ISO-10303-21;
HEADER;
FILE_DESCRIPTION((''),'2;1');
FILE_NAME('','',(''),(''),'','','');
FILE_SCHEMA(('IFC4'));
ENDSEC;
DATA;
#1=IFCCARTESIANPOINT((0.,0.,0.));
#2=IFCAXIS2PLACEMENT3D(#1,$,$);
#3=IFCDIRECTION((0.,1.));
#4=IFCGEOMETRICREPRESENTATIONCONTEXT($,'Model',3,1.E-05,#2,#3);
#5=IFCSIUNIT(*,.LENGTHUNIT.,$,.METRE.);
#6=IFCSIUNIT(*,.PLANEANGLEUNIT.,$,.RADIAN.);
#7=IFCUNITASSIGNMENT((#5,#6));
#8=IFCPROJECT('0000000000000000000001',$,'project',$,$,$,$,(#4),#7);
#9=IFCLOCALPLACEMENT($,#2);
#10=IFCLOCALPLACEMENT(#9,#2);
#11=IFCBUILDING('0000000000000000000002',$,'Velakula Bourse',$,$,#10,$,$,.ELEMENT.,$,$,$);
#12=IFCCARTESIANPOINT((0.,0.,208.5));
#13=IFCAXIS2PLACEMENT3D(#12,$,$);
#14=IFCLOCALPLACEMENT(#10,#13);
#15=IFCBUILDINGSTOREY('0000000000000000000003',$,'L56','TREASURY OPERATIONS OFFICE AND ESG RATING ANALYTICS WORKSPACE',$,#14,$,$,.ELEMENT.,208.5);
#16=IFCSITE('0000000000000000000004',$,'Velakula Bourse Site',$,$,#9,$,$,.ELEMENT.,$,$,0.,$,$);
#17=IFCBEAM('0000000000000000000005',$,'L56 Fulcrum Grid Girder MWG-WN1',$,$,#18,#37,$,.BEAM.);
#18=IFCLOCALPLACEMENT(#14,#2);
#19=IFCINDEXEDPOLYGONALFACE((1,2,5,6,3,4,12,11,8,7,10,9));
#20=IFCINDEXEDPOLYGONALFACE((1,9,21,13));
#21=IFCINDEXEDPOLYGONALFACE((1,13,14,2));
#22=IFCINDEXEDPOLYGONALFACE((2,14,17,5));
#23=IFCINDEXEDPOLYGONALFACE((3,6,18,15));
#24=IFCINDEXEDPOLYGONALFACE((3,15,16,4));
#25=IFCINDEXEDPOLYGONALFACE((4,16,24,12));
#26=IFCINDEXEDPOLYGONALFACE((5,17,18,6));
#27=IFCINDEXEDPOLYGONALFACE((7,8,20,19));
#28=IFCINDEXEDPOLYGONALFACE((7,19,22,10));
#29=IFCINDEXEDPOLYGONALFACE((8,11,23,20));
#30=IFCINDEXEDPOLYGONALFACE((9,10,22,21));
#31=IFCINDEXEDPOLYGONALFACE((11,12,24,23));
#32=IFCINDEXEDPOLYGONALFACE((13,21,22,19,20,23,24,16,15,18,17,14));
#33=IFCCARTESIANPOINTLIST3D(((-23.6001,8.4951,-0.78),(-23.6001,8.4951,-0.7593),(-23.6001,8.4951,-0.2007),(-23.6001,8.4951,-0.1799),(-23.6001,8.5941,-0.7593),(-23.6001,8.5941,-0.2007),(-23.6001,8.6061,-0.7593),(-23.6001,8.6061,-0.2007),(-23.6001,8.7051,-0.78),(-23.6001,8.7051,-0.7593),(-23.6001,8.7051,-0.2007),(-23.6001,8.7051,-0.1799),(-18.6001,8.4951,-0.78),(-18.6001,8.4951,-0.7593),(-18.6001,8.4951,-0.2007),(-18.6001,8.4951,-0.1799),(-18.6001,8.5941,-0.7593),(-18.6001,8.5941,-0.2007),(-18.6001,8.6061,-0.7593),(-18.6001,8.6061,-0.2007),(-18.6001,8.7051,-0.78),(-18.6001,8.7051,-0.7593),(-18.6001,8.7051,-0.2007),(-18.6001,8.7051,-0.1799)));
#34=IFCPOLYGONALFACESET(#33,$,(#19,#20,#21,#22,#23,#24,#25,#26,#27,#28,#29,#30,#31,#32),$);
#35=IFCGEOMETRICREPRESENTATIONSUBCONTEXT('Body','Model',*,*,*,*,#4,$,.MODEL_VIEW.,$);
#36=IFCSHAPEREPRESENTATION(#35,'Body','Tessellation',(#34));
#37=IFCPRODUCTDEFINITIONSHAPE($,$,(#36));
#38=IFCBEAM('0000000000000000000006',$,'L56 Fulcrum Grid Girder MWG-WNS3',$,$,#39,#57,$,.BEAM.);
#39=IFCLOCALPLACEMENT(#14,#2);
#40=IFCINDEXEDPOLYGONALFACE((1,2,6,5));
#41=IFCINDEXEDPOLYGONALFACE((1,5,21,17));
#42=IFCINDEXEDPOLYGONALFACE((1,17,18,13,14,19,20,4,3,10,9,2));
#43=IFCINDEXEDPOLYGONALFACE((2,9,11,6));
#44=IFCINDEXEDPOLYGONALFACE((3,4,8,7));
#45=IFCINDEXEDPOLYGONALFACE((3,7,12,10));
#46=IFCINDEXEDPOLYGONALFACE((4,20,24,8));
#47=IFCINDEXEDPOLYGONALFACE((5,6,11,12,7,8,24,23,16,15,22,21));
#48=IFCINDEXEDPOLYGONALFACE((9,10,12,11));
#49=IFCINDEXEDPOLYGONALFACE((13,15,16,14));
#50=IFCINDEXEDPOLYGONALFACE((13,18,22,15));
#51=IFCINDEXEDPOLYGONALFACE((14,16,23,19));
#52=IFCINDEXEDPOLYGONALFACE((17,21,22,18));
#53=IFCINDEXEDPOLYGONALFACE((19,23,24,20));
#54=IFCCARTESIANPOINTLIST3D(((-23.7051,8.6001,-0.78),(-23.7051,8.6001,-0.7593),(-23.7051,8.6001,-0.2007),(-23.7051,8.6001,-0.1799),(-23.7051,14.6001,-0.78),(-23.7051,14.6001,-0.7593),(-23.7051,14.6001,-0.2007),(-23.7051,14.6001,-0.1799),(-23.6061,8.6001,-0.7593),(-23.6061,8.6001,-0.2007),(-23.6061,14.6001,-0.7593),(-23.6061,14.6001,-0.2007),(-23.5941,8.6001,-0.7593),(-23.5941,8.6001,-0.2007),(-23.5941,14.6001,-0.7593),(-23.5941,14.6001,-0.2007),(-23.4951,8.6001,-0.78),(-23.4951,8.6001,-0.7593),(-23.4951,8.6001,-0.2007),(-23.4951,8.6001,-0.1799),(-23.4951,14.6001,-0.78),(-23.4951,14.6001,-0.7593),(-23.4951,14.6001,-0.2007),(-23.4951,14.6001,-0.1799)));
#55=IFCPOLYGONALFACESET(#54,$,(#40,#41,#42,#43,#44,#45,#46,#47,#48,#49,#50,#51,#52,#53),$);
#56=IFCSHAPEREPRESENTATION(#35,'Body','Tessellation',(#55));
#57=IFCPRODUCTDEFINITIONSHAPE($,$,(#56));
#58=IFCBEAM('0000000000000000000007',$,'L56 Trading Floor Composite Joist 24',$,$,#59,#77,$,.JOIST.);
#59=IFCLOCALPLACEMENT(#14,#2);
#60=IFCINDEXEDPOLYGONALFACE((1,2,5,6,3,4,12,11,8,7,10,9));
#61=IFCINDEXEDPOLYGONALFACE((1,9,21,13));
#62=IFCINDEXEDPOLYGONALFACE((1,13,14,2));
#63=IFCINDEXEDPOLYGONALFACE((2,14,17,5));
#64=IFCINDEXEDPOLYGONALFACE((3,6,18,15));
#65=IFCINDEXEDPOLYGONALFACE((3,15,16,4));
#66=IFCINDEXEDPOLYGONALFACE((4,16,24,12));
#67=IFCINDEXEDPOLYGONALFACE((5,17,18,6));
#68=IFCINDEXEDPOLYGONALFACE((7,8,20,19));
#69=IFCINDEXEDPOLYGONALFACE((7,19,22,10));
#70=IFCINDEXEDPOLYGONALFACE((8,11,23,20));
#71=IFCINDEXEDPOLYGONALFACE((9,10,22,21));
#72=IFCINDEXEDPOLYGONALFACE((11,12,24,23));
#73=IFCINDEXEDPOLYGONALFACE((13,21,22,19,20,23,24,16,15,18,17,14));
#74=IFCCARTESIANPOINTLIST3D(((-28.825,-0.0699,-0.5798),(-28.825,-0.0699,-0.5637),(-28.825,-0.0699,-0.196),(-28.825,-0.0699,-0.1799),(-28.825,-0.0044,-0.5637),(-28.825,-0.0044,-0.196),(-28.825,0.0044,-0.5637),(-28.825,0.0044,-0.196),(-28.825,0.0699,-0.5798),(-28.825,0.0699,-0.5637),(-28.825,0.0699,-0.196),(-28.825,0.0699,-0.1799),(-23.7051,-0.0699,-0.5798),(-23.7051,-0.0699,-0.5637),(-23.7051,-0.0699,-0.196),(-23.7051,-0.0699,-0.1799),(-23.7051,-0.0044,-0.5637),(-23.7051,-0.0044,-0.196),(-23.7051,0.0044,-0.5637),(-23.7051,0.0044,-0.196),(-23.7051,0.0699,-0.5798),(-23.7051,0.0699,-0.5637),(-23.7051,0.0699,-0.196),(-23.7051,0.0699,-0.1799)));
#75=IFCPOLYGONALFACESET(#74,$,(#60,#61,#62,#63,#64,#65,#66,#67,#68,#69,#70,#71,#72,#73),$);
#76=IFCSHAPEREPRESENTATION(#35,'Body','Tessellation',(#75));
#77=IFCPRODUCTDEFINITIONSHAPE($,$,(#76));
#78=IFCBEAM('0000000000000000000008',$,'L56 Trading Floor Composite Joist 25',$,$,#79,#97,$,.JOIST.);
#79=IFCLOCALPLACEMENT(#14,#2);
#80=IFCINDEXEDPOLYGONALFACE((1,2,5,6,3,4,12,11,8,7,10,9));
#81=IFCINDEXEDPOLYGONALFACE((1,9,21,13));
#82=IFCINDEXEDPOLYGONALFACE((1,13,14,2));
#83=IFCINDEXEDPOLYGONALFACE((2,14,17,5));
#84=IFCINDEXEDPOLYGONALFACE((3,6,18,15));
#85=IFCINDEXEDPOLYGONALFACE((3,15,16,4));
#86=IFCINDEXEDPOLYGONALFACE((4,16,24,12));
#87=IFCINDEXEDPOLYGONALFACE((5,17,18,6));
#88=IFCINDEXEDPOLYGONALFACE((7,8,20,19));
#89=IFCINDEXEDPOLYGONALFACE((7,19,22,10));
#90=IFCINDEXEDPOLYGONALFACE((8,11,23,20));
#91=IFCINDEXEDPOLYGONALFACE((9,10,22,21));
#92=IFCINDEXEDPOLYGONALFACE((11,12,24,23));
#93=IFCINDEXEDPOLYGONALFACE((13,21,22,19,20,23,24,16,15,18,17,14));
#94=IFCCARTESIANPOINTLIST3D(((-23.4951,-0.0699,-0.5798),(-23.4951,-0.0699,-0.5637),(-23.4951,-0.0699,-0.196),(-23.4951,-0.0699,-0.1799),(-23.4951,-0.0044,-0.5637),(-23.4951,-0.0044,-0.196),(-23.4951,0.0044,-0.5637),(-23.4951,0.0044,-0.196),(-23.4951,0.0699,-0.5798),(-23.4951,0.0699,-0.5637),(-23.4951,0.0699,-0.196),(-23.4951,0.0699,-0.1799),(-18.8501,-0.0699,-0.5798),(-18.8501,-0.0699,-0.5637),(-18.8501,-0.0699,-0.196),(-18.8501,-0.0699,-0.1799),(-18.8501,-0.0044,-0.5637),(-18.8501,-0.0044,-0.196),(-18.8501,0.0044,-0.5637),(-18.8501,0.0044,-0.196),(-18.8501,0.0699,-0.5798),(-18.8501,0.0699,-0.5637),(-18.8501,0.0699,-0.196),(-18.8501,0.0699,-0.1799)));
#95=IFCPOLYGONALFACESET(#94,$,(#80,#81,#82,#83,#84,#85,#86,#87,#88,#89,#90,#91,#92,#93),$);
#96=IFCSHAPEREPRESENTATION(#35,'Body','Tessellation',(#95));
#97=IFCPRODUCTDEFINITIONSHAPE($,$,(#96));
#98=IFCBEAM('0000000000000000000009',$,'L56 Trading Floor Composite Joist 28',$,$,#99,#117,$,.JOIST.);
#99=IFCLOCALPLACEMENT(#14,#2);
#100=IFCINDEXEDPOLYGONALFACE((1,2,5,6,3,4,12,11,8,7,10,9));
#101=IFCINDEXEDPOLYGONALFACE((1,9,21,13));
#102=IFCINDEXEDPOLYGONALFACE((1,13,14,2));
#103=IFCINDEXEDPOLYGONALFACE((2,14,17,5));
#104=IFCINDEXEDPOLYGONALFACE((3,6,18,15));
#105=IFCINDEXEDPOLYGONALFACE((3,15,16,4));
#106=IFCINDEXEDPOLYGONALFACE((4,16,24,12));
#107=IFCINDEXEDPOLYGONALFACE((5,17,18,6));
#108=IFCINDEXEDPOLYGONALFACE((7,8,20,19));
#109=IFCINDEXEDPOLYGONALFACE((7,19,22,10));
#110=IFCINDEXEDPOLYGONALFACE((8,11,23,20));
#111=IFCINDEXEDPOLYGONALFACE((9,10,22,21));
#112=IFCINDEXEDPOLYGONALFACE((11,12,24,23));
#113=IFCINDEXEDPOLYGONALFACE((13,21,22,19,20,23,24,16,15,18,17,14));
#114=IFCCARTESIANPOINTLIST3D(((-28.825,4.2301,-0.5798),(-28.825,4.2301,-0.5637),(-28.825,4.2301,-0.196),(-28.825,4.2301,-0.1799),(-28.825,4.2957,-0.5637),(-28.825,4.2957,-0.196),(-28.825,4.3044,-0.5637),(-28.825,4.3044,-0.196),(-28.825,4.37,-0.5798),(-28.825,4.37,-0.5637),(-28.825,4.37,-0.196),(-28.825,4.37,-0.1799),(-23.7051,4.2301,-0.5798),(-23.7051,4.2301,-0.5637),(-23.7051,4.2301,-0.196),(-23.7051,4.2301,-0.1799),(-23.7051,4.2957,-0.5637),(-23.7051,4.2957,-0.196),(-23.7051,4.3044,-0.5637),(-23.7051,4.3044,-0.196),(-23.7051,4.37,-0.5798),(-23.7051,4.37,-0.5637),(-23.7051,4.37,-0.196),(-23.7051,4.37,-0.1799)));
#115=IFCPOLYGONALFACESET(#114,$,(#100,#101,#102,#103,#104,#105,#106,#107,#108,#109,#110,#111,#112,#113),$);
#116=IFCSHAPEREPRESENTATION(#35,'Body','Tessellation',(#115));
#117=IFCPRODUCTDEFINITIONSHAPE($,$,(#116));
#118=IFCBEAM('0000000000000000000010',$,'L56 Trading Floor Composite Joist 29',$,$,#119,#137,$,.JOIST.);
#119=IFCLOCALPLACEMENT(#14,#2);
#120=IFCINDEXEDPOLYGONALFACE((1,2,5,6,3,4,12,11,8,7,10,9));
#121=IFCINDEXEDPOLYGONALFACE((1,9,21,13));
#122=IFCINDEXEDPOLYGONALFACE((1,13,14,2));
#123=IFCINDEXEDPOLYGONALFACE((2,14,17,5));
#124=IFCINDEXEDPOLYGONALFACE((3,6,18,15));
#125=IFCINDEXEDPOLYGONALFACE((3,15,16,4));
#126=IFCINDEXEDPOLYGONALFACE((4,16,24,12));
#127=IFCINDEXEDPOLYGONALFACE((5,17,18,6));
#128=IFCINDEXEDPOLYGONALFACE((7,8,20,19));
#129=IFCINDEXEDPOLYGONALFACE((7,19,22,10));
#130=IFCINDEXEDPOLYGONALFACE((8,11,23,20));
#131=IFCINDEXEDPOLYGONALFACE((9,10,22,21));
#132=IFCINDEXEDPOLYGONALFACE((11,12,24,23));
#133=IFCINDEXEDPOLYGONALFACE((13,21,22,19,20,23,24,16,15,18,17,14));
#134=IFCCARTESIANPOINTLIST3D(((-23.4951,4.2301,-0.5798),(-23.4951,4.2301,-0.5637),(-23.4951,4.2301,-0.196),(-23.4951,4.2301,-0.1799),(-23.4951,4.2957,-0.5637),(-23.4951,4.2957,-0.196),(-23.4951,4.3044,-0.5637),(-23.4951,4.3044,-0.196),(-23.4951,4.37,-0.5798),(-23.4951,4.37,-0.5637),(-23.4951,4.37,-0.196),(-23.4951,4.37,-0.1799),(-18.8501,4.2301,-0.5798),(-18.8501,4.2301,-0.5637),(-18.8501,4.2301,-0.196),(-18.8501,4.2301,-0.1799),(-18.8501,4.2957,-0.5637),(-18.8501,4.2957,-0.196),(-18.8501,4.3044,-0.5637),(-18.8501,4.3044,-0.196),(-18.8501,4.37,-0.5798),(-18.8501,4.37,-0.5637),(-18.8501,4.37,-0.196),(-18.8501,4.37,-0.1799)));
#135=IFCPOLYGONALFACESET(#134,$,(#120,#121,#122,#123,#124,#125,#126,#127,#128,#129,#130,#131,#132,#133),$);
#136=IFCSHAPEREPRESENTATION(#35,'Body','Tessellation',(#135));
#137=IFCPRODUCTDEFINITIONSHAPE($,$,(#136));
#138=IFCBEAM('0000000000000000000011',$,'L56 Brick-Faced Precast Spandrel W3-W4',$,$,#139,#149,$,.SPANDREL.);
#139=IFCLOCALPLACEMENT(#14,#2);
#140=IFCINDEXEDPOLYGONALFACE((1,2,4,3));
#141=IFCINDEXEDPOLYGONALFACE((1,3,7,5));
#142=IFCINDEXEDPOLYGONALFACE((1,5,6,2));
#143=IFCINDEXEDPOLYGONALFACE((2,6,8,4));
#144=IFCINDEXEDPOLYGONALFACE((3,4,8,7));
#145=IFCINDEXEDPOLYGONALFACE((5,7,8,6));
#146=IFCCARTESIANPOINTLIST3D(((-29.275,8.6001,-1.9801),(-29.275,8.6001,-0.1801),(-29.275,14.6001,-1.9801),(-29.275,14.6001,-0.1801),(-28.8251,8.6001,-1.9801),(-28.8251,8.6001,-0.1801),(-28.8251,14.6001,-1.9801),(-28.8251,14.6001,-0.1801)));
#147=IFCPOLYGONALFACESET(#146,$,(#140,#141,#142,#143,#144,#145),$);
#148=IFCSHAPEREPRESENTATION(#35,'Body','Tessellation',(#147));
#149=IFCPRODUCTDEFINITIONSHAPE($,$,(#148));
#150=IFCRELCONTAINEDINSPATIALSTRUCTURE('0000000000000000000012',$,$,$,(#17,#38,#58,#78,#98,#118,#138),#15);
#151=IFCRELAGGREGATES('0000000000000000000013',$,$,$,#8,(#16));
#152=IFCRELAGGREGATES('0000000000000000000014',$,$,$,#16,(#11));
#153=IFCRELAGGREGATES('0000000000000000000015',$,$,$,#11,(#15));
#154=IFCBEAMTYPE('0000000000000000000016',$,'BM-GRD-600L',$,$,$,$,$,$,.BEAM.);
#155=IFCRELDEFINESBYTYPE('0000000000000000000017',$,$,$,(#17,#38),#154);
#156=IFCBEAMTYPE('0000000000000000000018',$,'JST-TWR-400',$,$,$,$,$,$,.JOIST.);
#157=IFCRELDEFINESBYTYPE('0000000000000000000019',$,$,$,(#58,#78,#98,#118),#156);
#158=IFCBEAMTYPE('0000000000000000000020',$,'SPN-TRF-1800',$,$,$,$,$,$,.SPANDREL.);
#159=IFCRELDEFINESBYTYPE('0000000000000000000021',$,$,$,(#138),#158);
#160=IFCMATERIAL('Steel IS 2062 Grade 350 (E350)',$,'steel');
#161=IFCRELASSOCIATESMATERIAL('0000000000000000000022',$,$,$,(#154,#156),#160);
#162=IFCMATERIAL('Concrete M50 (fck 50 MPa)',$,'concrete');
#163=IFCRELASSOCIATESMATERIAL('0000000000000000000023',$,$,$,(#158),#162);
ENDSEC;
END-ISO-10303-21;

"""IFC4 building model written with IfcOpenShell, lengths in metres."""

from ifc_helpers import new_model, si_unit, direction, frame, origin, origin_2d, place, context, subcontext, project, spatial, rectangle, i_section, extrude, material, material_profile, profile_set, type_object, element, save


model = new_model("IFC4")

# Units and contexts
model_context = context("Model", 3, precision=1e-05, world=origin(), true_north=direction((0.0, 1.0)))
body_context = subcontext(model_context, "Body", "Model", "MODEL_VIEW")
ifc_project = project(units=[si_unit("LENGTHUNIT", "METRE"), si_unit("PLANEANGLEUNIT", "RADIAN")], contexts=[model_context])

# Site, building, storey
site_placement = place(None, origin())
site = spatial("IfcSite", under=ifc_project, at=site_placement, Name="Velakula Bourse Site", CompositionType="ELEMENT", RefElevation=0.0)
building_placement = place(site_placement, origin())
building = spatial("IfcBuilding", under=site, at=building_placement, Name="Velakula Bourse", CompositionType="ELEMENT")
storey_placement = place(building_placement, frame((0.0, 0.0, 208.5)))
storey = spatial("IfcBuildingStorey", under=building, at=storey_placement, Name="L56", Description="TREASURY OPERATIONS OFFICE AND ESG RATING ANALYTICS WORKSPACE", CompositionType="ELEMENT", Elevation=208.5)

# Shared definitions
ifc_material_1 = material(Name="Concrete M50 (fck 50 MPa)", Category="concrete")
ifc_material_2 = material(Name="Steel IS 2062 Grade 350 (E350)", Category="steel")

# Beams
ifc_material_profile_1 = material_profile(ifc_material_2, i_section(OverallWidth=0.21, OverallDepth=0.6001, WebThickness=0.012, FlangeThickness=0.0208, at=origin_2d()), Name="Steel IS 2062 Grade 350 (E350)")
ifc_profile_set_1 = profile_set([ifc_material_profile_1], Name="Steel IS 2062 Grade 350 (E350)")
beam_type_1 = type_object("IfcBeamType", Name="BM-GRD-600L", PredefinedType="BEAM", material=ifc_profile_set_1)
beam_1_placement = place(storey_placement, frame((-23.6001, 8.6001, -0.48), z_axis=(1.0, 0.0, 0.0), x_axis=(0.0, 1.0, 0.0)))
element("IfcBeam", 1, at=beam_1_placement, inside=storey, type_object=beam_type_1, Name="L56 Fulcrum Grid Girder MWG-WN1", PredefinedType="BEAM", context=body_context, shape_type="SweptSolid", body=[
    extrude(i_section(OverallWidth=0.21, OverallDepth=0.6001, WebThickness=0.012, FlangeThickness=0.0208, at=origin_2d()), origin(), (0.0, 0.0, 1.0), 5.0),
])
beam_2_placement = place(storey_placement, frame((-23.6001, 8.6001, -0.48), z_axis=(0.0, 1.0, 0.0), x_axis=(-1.0, 0.0, 0.0)))
element("IfcBeam", 2, at=beam_2_placement, inside=storey, type_object=beam_type_1, Name="L56 Fulcrum Grid Girder MWG-WNS3", PredefinedType="BEAM", context=body_context, shape_type="SweptSolid", body=[
    extrude(i_section(OverallWidth=0.21, OverallDepth=0.6001, WebThickness=0.012, FlangeThickness=0.0208, at=origin_2d()), origin(), (0.0, 0.0, 1.0), 6.0),
])
ifc_material_profile_2 = material_profile(ifc_material_2, i_section(OverallWidth=0.1399, OverallDepth=0.3999, WebThickness=0.0088, FlangeThickness=0.0161, at=origin_2d()), Name="Steel IS 2062 Grade 350 (E350)")
ifc_profile_set_2 = profile_set([ifc_material_profile_2], Name="Steel IS 2062 Grade 350 (E350)")
beam_type_2 = type_object("IfcBeamType", Name="JST-TWR-400", PredefinedType="JOIST", material=ifc_profile_set_2)
beam_3_placement = place(storey_placement, frame((-28.825, 0.0, -0.3799), z_axis=(1.0, 0.0, 0.0), x_axis=(0.0, 1.0, 0.0)))
element("IfcBeam", 3, at=beam_3_placement, inside=storey, type_object=beam_type_2, Name="L56 Trading Floor Composite Joist 24", PredefinedType="JOIST", context=body_context, shape_type="SweptSolid", body=[
    extrude(i_section(OverallWidth=0.1399, OverallDepth=0.3999, WebThickness=0.0088, FlangeThickness=0.0161, at=origin_2d()), origin(), (0.0, 0.0, 1.0), 5.1199),
])
beam_4_placement = place(storey_placement, frame((-23.4951, 0.0, -0.3799), z_axis=(1.0, 0.0, 0.0), x_axis=(0.0, 1.0, 0.0)))
element("IfcBeam", 4, at=beam_4_placement, inside=storey, type_object=beam_type_2, Name="L56 Trading Floor Composite Joist 25", PredefinedType="JOIST", context=body_context, shape_type="SweptSolid", body=[
    extrude(i_section(OverallWidth=0.1399, OverallDepth=0.3999, WebThickness=0.0088, FlangeThickness=0.0161, at=origin_2d()), origin(), (0.0, 0.0, 1.0), 4.645),
])
beam_5_placement = place(storey_placement, frame((-28.825, 4.3, -0.3799), z_axis=(1.0, 0.0, 0.0), x_axis=(0.0, 1.0, 0.0)))
element("IfcBeam", 5, at=beam_5_placement, inside=storey, type_object=beam_type_2, Name="L56 Trading Floor Composite Joist 28", PredefinedType="JOIST", context=body_context, shape_type="SweptSolid", body=[
    extrude(i_section(OverallWidth=0.1399, OverallDepth=0.3999, WebThickness=0.0088, FlangeThickness=0.0161, at=origin_2d()), origin(), (0.0, 0.0, 1.0), 5.1199),
])
beam_6_placement = place(storey_placement, frame((-23.4951, 4.3, -0.3799), z_axis=(1.0, 0.0, 0.0), x_axis=(0.0, 1.0, 0.0)))
element("IfcBeam", 6, at=beam_6_placement, inside=storey, type_object=beam_type_2, Name="L56 Trading Floor Composite Joist 29", PredefinedType="JOIST", context=body_context, shape_type="SweptSolid", body=[
    extrude(i_section(OverallWidth=0.1399, OverallDepth=0.3999, WebThickness=0.0088, FlangeThickness=0.0161, at=origin_2d()), origin(), (0.0, 0.0, 1.0), 4.645),
])
ifc_material_profile_3 = material_profile(ifc_material_1, rectangle(XDim=0.45, YDim=1.8, at=origin_2d()), Name="Concrete M50 (fck 50 MPa)")
ifc_profile_set_3 = profile_set([ifc_material_profile_3], Name="Concrete M50 (fck 50 MPa)")
beam_type_3 = type_object("IfcBeamType", Name="SPN-TRF-1800", PredefinedType="SPANDREL", material=ifc_profile_set_3)
beam_7_placement = place(storey_placement, frame((-29.05, 8.6001, -1.0801), z_axis=(0.0, 1.0, 0.0), x_axis=(-1.0, 0.0, 0.0)))
element("IfcBeam", 7, at=beam_7_placement, inside=storey, type_object=beam_type_3, Name="L56 Brick-Faced Precast Spandrel W3-W4", PredefinedType="SPANDREL", context=body_context, shape_type="SweptSolid", body=[
    extrude(rectangle(XDim=0.45, YDim=1.8, at=origin_2d()), origin(), (0.0, 0.0, 1.0), 6.0),
])

save(model, "model.ifc")
